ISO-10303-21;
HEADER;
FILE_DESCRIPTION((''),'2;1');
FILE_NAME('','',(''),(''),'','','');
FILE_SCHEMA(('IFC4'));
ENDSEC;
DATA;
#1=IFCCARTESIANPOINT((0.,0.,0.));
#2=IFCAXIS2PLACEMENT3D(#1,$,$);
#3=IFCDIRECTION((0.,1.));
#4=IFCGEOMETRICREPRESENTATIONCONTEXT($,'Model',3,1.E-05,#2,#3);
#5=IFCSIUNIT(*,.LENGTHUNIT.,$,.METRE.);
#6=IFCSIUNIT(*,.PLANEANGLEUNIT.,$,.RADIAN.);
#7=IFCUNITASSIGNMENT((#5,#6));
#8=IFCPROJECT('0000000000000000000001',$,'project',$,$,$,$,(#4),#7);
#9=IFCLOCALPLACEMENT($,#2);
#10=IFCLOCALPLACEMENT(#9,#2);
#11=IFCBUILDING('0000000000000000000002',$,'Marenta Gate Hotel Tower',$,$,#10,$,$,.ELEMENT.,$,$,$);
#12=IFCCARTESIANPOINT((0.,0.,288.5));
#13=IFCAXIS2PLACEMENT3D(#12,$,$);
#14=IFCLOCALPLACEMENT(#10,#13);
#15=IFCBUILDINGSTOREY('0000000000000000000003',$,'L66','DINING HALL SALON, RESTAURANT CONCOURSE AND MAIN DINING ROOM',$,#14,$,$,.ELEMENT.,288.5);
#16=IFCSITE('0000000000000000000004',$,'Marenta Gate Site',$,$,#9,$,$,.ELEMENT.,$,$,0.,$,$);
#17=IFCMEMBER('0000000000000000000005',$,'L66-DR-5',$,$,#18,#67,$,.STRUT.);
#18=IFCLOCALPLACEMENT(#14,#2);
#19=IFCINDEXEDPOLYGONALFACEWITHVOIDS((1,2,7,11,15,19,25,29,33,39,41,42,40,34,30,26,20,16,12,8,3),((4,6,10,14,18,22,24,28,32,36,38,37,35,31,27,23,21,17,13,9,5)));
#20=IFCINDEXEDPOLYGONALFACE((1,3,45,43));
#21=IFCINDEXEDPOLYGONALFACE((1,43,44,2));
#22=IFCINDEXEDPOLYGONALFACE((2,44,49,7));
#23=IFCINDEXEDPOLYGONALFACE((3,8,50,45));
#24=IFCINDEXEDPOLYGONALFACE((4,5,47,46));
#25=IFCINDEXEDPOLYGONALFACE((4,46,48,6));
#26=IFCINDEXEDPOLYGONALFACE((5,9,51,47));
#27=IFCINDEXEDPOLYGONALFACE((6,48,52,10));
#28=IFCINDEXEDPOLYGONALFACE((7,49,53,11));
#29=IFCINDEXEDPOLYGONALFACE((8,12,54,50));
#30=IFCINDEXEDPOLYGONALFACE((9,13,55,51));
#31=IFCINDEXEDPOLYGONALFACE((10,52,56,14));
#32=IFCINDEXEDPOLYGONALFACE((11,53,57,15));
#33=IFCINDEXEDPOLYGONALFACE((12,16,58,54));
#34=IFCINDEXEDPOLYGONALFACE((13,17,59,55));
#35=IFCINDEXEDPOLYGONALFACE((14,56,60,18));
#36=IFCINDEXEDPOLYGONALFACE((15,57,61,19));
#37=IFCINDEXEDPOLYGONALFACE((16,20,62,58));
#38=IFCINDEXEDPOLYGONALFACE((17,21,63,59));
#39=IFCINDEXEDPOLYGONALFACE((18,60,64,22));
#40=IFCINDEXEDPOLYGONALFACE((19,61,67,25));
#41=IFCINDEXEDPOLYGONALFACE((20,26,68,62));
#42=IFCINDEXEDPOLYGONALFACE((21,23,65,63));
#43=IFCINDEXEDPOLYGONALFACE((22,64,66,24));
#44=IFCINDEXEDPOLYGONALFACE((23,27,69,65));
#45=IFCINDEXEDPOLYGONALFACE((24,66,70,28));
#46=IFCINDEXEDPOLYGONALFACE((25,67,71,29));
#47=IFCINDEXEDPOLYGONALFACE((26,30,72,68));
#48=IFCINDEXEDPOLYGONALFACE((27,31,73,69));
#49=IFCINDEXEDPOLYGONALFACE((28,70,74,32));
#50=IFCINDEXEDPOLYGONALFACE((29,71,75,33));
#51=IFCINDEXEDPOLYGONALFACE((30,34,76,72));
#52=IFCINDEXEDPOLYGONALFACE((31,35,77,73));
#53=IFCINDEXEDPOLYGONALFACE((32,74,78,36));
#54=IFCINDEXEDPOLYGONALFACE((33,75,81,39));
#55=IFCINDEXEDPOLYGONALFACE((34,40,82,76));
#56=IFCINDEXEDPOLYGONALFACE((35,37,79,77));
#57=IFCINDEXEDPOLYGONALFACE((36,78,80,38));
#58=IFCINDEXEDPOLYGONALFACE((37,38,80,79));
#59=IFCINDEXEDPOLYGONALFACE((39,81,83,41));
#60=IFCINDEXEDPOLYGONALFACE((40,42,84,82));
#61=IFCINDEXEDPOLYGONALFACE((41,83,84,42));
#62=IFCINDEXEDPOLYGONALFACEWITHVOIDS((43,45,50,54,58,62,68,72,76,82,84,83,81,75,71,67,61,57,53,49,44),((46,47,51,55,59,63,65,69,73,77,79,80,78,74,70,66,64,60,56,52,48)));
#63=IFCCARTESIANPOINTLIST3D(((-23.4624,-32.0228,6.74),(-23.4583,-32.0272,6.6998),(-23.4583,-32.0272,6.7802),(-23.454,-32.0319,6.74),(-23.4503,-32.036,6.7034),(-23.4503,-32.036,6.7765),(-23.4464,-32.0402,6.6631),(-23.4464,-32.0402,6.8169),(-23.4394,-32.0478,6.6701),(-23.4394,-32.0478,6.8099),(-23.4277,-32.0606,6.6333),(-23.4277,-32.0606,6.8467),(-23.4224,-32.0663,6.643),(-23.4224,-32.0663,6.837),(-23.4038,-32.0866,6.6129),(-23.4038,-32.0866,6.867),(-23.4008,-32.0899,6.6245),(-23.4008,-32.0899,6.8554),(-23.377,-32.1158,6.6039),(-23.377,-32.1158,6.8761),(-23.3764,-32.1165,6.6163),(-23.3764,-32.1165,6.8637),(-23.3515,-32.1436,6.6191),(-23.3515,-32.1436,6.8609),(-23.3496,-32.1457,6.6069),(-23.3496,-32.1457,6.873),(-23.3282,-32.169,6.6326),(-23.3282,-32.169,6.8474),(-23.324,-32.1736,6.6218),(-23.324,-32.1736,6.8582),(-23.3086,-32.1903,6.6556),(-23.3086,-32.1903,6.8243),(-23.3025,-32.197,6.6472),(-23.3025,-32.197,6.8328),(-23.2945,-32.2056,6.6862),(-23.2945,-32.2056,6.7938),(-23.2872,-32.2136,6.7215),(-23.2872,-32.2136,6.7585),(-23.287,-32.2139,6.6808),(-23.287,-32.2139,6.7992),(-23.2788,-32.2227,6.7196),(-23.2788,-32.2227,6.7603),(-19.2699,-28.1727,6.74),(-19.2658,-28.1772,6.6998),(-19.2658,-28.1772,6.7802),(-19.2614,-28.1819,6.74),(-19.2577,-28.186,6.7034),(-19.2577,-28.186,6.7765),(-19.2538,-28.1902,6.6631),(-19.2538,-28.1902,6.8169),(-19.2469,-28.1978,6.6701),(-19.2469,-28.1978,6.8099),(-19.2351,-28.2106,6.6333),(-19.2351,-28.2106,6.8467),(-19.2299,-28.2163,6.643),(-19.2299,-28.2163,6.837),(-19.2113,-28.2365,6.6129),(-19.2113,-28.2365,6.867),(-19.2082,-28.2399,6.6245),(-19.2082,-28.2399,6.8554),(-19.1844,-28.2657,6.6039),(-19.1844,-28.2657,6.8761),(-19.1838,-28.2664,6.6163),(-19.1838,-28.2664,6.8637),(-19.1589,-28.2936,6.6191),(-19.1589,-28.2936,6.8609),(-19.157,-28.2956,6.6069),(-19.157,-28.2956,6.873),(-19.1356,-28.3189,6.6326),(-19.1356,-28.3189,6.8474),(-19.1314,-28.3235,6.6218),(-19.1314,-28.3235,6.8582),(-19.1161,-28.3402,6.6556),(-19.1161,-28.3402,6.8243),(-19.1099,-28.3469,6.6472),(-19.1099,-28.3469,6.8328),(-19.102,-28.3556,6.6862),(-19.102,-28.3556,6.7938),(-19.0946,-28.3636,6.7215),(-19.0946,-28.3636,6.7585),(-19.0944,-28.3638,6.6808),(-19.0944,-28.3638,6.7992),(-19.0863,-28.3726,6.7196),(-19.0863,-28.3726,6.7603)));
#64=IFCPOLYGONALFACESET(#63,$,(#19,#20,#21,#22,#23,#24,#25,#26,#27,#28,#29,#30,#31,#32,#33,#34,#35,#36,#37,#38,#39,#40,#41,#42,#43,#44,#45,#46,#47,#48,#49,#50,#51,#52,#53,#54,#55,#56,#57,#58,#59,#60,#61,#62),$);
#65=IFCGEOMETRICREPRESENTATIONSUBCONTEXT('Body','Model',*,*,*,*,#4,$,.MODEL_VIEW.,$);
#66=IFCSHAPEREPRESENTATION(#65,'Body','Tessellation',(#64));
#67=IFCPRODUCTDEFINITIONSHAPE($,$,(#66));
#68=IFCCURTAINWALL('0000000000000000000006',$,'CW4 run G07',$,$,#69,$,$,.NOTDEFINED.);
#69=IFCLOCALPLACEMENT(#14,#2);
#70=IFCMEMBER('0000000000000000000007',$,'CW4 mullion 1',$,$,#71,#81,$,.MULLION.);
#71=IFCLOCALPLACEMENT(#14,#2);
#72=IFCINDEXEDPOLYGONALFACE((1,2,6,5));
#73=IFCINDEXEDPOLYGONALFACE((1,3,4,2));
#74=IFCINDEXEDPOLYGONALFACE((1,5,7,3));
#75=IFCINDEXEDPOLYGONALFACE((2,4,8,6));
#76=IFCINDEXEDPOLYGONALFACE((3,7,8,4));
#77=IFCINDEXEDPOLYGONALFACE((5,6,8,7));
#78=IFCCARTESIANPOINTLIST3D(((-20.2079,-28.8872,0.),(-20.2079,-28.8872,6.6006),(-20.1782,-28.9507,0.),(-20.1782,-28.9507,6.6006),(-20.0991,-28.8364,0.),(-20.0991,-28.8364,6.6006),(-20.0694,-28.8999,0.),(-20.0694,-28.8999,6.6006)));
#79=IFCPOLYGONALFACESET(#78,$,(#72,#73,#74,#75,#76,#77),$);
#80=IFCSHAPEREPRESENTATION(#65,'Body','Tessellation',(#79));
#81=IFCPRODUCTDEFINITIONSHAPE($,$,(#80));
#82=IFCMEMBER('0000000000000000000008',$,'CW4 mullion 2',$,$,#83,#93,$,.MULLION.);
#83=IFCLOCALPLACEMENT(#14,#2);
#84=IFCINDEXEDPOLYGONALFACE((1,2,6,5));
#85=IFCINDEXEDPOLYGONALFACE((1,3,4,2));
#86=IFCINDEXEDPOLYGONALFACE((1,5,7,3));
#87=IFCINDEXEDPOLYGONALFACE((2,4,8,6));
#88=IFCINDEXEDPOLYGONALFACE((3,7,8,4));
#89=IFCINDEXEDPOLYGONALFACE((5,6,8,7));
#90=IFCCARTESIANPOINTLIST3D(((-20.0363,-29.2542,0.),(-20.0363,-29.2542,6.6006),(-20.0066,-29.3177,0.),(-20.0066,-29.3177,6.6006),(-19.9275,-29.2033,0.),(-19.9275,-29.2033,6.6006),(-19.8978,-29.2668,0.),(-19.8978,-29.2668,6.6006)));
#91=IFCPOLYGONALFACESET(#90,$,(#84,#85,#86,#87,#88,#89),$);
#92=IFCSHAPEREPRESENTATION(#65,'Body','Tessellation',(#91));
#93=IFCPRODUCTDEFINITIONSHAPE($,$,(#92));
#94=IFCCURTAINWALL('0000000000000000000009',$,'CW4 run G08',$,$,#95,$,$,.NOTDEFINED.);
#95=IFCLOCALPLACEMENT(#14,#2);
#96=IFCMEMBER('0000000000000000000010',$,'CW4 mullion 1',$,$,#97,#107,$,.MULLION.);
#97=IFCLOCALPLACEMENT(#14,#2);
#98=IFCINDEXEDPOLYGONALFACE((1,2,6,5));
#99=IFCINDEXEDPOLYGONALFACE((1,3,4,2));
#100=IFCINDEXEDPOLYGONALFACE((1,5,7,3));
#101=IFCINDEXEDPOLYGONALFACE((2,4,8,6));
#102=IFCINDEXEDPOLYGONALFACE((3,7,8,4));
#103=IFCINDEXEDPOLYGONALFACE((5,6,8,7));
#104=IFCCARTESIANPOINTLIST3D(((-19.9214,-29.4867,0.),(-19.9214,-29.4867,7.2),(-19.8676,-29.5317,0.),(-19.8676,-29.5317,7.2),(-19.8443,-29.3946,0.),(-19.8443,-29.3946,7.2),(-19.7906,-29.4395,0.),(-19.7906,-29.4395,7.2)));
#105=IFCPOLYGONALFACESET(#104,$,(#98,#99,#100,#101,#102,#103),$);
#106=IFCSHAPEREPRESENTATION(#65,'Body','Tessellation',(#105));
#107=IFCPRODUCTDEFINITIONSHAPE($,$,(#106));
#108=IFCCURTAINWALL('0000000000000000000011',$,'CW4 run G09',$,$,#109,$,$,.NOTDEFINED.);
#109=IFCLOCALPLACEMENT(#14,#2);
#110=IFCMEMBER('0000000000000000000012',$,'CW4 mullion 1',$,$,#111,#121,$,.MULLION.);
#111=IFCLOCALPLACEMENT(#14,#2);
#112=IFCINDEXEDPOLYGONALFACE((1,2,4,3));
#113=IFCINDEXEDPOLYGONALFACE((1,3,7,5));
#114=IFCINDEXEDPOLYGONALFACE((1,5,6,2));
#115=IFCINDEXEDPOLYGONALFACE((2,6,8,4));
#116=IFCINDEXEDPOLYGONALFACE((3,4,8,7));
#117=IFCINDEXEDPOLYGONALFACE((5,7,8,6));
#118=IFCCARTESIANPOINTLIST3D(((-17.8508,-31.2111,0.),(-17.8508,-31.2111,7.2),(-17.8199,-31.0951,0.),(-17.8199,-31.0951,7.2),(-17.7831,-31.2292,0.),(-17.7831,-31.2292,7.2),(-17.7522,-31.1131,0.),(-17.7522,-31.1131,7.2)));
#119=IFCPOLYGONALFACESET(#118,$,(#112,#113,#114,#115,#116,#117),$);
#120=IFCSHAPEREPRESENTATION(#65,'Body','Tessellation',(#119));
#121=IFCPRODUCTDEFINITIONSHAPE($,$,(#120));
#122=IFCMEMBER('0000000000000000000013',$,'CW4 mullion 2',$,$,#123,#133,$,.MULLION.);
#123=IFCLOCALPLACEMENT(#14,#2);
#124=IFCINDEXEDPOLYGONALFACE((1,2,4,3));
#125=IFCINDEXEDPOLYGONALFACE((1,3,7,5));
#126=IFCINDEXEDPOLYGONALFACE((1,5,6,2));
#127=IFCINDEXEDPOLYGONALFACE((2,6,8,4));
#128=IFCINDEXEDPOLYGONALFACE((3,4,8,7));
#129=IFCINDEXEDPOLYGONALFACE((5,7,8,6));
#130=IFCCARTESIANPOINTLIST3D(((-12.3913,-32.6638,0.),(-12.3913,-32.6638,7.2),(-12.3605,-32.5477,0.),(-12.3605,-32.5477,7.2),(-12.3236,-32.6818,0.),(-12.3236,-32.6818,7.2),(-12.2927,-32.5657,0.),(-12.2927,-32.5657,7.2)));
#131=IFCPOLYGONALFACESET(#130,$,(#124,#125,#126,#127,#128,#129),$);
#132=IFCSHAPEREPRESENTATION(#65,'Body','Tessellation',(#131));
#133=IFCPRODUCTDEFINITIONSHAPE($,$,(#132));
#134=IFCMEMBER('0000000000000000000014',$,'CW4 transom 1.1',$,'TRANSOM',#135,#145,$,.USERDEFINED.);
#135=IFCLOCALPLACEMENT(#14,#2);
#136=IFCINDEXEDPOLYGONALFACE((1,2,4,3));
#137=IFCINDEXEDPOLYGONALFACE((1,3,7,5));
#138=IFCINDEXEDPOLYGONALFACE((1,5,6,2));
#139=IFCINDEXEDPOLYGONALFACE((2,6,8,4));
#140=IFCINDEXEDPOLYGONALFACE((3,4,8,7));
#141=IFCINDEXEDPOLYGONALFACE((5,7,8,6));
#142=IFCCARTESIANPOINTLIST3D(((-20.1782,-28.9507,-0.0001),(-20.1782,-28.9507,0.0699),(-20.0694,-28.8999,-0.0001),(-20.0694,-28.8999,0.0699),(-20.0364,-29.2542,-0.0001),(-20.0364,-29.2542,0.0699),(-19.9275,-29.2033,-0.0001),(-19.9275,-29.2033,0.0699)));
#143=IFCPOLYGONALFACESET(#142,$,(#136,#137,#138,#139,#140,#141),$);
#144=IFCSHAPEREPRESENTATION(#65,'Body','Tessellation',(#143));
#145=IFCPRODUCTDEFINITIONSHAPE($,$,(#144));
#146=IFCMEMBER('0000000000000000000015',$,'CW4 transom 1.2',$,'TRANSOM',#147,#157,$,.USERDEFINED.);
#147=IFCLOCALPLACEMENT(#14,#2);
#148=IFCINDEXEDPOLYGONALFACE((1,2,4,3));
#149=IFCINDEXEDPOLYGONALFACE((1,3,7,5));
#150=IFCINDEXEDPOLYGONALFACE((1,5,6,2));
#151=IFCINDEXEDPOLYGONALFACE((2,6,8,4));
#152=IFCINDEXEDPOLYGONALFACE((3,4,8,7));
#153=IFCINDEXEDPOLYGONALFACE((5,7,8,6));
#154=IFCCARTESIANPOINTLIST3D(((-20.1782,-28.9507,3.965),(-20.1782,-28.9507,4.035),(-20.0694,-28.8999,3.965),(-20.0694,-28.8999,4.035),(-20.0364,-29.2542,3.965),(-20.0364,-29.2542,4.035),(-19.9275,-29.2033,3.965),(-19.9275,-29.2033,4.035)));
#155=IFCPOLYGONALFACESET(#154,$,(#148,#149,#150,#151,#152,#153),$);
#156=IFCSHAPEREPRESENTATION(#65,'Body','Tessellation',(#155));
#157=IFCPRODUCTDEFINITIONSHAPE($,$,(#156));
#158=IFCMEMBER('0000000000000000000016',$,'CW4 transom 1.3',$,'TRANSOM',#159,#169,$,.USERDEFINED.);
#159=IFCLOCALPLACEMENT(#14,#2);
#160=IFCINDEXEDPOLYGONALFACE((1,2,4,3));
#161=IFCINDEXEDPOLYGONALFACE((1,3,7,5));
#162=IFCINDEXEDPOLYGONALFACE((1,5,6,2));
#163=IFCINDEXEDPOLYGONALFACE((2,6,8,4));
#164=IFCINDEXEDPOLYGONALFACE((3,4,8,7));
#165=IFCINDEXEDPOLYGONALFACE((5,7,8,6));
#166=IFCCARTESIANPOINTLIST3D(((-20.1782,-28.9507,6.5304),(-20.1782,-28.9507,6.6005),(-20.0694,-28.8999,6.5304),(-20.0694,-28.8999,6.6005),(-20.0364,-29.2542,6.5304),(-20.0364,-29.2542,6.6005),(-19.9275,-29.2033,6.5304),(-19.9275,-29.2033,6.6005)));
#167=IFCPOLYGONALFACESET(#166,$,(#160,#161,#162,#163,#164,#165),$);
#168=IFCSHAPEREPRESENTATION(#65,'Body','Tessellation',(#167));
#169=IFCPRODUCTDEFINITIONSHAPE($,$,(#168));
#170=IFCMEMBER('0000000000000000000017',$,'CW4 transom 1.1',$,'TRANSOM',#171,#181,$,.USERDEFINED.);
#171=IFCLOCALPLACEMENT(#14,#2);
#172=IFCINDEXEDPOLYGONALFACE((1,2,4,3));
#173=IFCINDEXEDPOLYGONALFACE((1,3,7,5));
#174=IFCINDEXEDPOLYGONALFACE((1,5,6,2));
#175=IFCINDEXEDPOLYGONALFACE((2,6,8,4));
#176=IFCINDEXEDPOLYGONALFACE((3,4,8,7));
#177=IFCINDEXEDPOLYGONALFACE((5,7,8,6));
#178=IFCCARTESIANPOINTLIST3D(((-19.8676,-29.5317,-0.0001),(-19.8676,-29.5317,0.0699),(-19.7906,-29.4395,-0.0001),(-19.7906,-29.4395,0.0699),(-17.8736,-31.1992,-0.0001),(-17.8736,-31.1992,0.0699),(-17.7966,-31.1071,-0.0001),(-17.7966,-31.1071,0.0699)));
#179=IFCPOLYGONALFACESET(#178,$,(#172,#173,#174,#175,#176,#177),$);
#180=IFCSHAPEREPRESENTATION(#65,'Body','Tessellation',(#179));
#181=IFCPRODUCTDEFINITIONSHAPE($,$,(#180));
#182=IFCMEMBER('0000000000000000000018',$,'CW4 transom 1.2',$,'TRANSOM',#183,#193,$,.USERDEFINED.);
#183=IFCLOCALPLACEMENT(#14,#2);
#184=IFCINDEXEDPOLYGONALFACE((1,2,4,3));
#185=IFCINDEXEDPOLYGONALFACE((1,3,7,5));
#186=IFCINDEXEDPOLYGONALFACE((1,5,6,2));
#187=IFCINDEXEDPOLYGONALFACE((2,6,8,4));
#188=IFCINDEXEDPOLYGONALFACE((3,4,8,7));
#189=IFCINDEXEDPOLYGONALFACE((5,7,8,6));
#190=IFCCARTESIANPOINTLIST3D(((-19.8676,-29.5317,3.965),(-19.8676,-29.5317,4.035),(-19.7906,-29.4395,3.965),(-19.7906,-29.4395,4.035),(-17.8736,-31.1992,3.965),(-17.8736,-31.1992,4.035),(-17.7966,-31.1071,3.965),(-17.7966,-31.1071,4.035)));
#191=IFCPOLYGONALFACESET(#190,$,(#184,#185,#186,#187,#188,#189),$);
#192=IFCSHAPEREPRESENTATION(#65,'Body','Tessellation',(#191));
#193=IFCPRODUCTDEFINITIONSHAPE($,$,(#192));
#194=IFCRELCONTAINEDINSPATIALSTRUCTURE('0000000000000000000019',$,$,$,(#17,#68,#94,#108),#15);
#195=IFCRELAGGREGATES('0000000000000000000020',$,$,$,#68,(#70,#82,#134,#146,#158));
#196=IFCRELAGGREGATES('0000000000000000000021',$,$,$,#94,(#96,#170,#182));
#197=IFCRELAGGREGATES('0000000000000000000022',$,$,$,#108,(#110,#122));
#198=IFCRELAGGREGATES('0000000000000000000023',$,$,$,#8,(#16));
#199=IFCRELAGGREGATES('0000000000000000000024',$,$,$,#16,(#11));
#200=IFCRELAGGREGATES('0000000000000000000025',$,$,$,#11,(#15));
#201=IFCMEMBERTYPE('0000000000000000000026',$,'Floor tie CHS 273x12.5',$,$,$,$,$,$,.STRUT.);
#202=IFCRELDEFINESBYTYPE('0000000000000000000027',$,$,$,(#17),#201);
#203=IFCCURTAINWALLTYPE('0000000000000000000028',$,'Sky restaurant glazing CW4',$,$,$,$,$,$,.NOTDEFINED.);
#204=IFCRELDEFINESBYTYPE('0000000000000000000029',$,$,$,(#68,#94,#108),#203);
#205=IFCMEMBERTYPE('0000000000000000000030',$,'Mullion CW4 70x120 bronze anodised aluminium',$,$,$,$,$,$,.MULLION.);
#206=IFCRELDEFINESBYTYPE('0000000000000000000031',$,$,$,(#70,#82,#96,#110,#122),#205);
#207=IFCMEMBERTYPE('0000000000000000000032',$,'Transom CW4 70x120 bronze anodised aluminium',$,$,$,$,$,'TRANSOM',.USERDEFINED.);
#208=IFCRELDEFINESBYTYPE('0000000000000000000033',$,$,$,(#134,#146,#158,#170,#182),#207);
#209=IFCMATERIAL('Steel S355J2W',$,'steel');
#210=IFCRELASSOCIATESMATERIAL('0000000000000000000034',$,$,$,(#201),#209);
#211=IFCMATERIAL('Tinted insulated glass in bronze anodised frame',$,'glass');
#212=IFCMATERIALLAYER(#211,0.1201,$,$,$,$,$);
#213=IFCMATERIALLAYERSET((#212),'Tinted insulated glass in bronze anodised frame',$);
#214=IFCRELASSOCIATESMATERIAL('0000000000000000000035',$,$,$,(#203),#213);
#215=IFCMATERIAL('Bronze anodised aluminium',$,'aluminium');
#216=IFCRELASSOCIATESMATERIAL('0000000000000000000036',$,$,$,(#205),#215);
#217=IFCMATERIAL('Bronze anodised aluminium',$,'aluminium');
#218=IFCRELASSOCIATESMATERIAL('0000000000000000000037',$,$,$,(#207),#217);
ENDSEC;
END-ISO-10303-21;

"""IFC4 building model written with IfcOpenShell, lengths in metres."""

from ifc_helpers import new_model, si_unit, direction, frame, origin, origin_2d, place, context, subcontext, project, spatial, rectangle, hollow_circle, extrude, material, layer, layer_set, material_profile, profile_set, type_object, element, aggregate, save


model = new_model("IFC4")

# Units and contexts
model_context = context("Model", 3, precision=1e-05, world=origin(), true_north=direction((0.0, 1.0)))
body_context = subcontext(model_context, "Body", "Model", "MODEL_VIEW")
ifc_project = project(units=[si_unit("LENGTHUNIT", "METRE"), si_unit("PLANEANGLEUNIT", "RADIAN")], contexts=[model_context])

# Site, building, storey
site_placement = place(None, origin())
site = spatial("IfcSite", under=ifc_project, at=site_placement, Name="Marenta Gate Site", CompositionType="ELEMENT", RefElevation=0.0)
building_placement = place(site_placement, origin())
building = spatial("IfcBuilding", under=site, at=building_placement, Name="Marenta Gate Hotel Tower", CompositionType="ELEMENT")
storey_placement = place(building_placement, frame((0.0, 0.0, 288.5)))
storey = spatial("IfcBuildingStorey", under=building, at=storey_placement, Name="L66", Description="DINING HALL SALON, RESTAURANT CONCOURSE AND MAIN DINING ROOM", CompositionType="ELEMENT", Elevation=288.5)

# Member
ifc_material_1 = material(Name="Steel S355J2W", Category="steel")
ifc_material_profile_1 = material_profile(ifc_material_1, hollow_circle(Radius=0.1365, WallThickness=0.0125, at=origin_2d()), Name="CHS 273x12.5")
ifc_profile_set_1 = profile_set([ifc_material_profile_1], Name="Steel S355J2W")
member_type_1 = type_object("IfcMemberType", Name="Floor tie CHS 273x12.5", PredefinedType="STRUT", material=ifc_profile_set_1)
member_1_placement = place(storey_placement, frame((-23.3701, -32.1233, 6.74), z_axis=(0.736554, 0.676379, 0.0), x_axis=(-0.676379, 0.736554, 0.0)))
element("IfcMember", 1, at=member_1_placement, inside=storey, type_object=member_type_1, Name="L66-DR-5", PredefinedType="STRUT", context=body_context, shape_type="SweptSolid", body=[
    extrude(hollow_circle(Radius=0.1365, WallThickness=0.0125, at=origin_2d()), origin(), (0.0, 0.0, 1.0), 5.6921),
])

# Curtain wall, members
ifc_material_2 = material(Name="Tinted insulated glass in bronze anodised frame", Category="glass")
ifc_layer_1 = layer(ifc_material_2, 0.1201)
ifc_layer_set_1 = layer_set([ifc_layer_1], Name="Tinted insulated glass in bronze anodised frame")
curtain_wall_type = type_object("IfcCurtainWallType", Name="Sky restaurant glazing CW4", PredefinedType="NOTDEFINED", material=ifc_layer_set_1)
curtain_wall_1_placement = place(storey_placement, origin())
curtain_wall_1 = element("IfcCurtainWall", 2, at=curtain_wall_1_placement, inside=storey, type_object=curtain_wall_type, Name="CW4 run G07", PredefinedType="NOTDEFINED")
ifc_material_3 = material(Name="Bronze anodised aluminium", Category="aluminium")
ifc_material_profile_2 = material_profile(ifc_material_3, rectangle(XDim=0.1201, YDim=0.0701, at=origin_2d()), Name="Mullion CW4 70x120 bronze anodised aluminium")
ifc_profile_set_2 = profile_set([ifc_material_profile_2], Name="Bronze anodised aluminium")
member_type_2 = type_object("IfcMemberType", Name="Mullion CW4 70x120 bronze anodised aluminium", PredefinedType="MULLION", material=ifc_profile_set_2)
member_2_placement = place(storey_placement, frame((-20.1387, -28.8936, 0.0), z_axis=(0.0, 0.0, 1.0), x_axis=(0.905946, 0.423393, 0.0)))
member_2 = element("IfcMember", 3, at=member_2_placement, type_object=member_type_2, Name="CW4 mullion 1", PredefinedType="MULLION", context=body_context, shape_type="SweptSolid", body=[
    extrude(rectangle(XDim=0.1201, YDim=0.0701, at=origin_2d()), origin(), (0.0, 0.0, 1.0), 6.6006),
])
member_3_placement = place(storey_placement, frame((-19.967, -29.2605, 0.0), z_axis=(0.0, 0.0, 1.0), x_axis=(0.905946, 0.423393, 0.0)))
member_3 = element("IfcMember", 4, at=member_3_placement, type_object=member_type_2, Name="CW4 mullion 2", PredefinedType="MULLION", context=body_context, shape_type="SweptSolid", body=[
    extrude(rectangle(XDim=0.1201, YDim=0.0701, at=origin_2d()), origin(), (0.0, 0.0, 1.0), 6.6006),
])

# Curtain wall, member
curtain_wall_2_placement = place(storey_placement, origin())
curtain_wall_2 = element("IfcCurtainWall", 5, at=curtain_wall_2_placement, inside=storey, type_object=curtain_wall_type, Name="CW4 run G08", PredefinedType="NOTDEFINED")
member_4_placement = place(storey_placement, frame((-19.856, -29.4631, 0.0), z_axis=(0.0, 0.0, 1.0), x_axis=(0.641525, 0.767102, 0.0)))
member_4 = element("IfcMember", 6, at=member_4_placement, type_object=member_type_2, Name="CW4 mullion 1", PredefinedType="MULLION", context=body_context, shape_type="SweptSolid", body=[
    extrude(rectangle(XDim=0.1201, YDim=0.0701, at=origin_2d()), origin(), (0.0, 0.0, 1.0), 7.2),
])

# Curtain wall, members
curtain_wall_3_placement = place(storey_placement, origin())
curtain_wall_3 = element("IfcCurtainWall", 7, at=curtain_wall_3_placement, inside=storey, type_object=curtain_wall_type, Name="CW4 run G09", PredefinedType="NOTDEFINED")
member_5_placement = place(storey_placement, frame((-17.8015, -31.1621, 0.0), z_axis=(0.0, 0.0, 1.0), x_axis=(0.257136, 0.966375, 0.0)))
member_5 = element("IfcMember", 8, at=member_5_placement, type_object=member_type_2, Name="CW4 mullion 1", PredefinedType="MULLION", context=body_context, shape_type="SweptSolid", body=[
    extrude(rectangle(XDim=0.1201, YDim=0.0701, at=origin_2d()), origin(), (0.0, 0.0, 1.0), 7.2),
])
member_6_placement = place(storey_placement, frame((-12.342, -32.6147, 0.0), z_axis=(0.0, 0.0, 1.0), x_axis=(0.257136, 0.966375, 0.0)))
member_6 = element("IfcMember", 9, at=member_6_placement, type_object=member_type_2, Name="CW4 mullion 2", PredefinedType="MULLION", context=body_context, shape_type="SweptSolid", body=[
    extrude(rectangle(XDim=0.1201, YDim=0.0701, at=origin_2d()), origin(), (0.0, 0.0, 1.0), 7.2),
])

# Members
ifc_material_4 = material(Name="Bronze anodised aluminium", Category="aluminium")
ifc_material_profile_3 = material_profile(ifc_material_4, rectangle(XDim=0.1201, YDim=0.0701, at=origin_2d()), Name="Transom CW4 70x120 bronze anodised aluminium")
ifc_profile_set_3 = profile_set([ifc_material_profile_3], Name="Bronze anodised aluminium")
member_type_3 = type_object("IfcMemberType", Name="Transom CW4 70x120 bronze anodised aluminium", ElementType="TRANSOM", PredefinedType="USERDEFINED", material=ifc_profile_set_3)
member_7_placement = place(storey_placement, frame((-20.1238, -28.9253, 0.0349), z_axis=(0.423444, -0.905922, 0.0), x_axis=(0.905922, 0.423444, 0.0)))
member_7 = element("IfcMember", 10, at=member_7_placement, type_object=member_type_3, Name="CW4 transom 1.1", ObjectType="TRANSOM", PredefinedType="USERDEFINED", context=body_context, shape_type="SweptSolid", body=[
    extrude(rectangle(XDim=0.1201, YDim=0.0701, at=origin_2d()), origin(), (0.0, 0.0, 1.0), 0.335),
])
member_8_placement = place(storey_placement, frame((-20.1238, -28.9253, 4.0), z_axis=(0.423444, -0.905922, 0.0), x_axis=(0.905922, 0.423444, 0.0)))
member_8 = element("IfcMember", 11, at=member_8_placement, type_object=member_type_3, Name="CW4 transom 1.2", ObjectType="TRANSOM", PredefinedType="USERDEFINED", context=body_context, shape_type="SweptSolid", body=[
    extrude(rectangle(XDim=0.1201, YDim=0.0701, at=origin_2d()), origin(), (0.0, 0.0, 1.0), 0.335),
])
member_9_placement = place(storey_placement, frame((-20.1238, -28.9253, 6.5654), z_axis=(0.423444, -0.905922, 0.0), x_axis=(0.905922, 0.423444, 0.0)))
member_9 = element("IfcMember", 12, at=member_9_placement, type_object=member_type_3, Name="CW4 transom 1.3", ObjectType="TRANSOM", PredefinedType="USERDEFINED", context=body_context, shape_type="SweptSolid", body=[
    extrude(rectangle(XDim=0.1201, YDim=0.0701, at=origin_2d()), origin(), (0.0, 0.0, 1.0), 0.335),
])
member_10_placement = place(storey_placement, frame((-19.8291, -29.4856, 0.0349), z_axis=(0.767104, -0.641523, 0.0), x_axis=(0.641523, 0.767104, 0.0)))
member_10 = element("IfcMember", 13, at=member_10_placement, type_object=member_type_3, Name="CW4 transom 1.1", ObjectType="TRANSOM", PredefinedType="USERDEFINED", context=body_context, shape_type="SweptSolid", body=[
    extrude(rectangle(XDim=0.1201, YDim=0.0701, at=origin_2d()), origin(), (0.0, 0.0, 1.0), 2.5994),
])
member_11_placement = place(storey_placement, frame((-19.8291, -29.4856, 4.0), z_axis=(0.767104, -0.641523, 0.0), x_axis=(0.641523, 0.767104, 0.0)))
member_11 = element("IfcMember", 14, at=member_11_placement, type_object=member_type_3, Name="CW4 transom 1.2", ObjectType="TRANSOM", PredefinedType="USERDEFINED", context=body_context, shape_type="SweptSolid", body=[
    extrude(rectangle(XDim=0.1201, YDim=0.0701, at=origin_2d()), origin(), (0.0, 0.0, 1.0), 2.5994),
])

aggregate(curtain_wall_1, [member_2, member_3, member_7, member_8, member_9])
aggregate(curtain_wall_2, [member_4, member_10, member_11])
aggregate(curtain_wall_3, [member_5, member_6])

save(model, "model.ifc")
